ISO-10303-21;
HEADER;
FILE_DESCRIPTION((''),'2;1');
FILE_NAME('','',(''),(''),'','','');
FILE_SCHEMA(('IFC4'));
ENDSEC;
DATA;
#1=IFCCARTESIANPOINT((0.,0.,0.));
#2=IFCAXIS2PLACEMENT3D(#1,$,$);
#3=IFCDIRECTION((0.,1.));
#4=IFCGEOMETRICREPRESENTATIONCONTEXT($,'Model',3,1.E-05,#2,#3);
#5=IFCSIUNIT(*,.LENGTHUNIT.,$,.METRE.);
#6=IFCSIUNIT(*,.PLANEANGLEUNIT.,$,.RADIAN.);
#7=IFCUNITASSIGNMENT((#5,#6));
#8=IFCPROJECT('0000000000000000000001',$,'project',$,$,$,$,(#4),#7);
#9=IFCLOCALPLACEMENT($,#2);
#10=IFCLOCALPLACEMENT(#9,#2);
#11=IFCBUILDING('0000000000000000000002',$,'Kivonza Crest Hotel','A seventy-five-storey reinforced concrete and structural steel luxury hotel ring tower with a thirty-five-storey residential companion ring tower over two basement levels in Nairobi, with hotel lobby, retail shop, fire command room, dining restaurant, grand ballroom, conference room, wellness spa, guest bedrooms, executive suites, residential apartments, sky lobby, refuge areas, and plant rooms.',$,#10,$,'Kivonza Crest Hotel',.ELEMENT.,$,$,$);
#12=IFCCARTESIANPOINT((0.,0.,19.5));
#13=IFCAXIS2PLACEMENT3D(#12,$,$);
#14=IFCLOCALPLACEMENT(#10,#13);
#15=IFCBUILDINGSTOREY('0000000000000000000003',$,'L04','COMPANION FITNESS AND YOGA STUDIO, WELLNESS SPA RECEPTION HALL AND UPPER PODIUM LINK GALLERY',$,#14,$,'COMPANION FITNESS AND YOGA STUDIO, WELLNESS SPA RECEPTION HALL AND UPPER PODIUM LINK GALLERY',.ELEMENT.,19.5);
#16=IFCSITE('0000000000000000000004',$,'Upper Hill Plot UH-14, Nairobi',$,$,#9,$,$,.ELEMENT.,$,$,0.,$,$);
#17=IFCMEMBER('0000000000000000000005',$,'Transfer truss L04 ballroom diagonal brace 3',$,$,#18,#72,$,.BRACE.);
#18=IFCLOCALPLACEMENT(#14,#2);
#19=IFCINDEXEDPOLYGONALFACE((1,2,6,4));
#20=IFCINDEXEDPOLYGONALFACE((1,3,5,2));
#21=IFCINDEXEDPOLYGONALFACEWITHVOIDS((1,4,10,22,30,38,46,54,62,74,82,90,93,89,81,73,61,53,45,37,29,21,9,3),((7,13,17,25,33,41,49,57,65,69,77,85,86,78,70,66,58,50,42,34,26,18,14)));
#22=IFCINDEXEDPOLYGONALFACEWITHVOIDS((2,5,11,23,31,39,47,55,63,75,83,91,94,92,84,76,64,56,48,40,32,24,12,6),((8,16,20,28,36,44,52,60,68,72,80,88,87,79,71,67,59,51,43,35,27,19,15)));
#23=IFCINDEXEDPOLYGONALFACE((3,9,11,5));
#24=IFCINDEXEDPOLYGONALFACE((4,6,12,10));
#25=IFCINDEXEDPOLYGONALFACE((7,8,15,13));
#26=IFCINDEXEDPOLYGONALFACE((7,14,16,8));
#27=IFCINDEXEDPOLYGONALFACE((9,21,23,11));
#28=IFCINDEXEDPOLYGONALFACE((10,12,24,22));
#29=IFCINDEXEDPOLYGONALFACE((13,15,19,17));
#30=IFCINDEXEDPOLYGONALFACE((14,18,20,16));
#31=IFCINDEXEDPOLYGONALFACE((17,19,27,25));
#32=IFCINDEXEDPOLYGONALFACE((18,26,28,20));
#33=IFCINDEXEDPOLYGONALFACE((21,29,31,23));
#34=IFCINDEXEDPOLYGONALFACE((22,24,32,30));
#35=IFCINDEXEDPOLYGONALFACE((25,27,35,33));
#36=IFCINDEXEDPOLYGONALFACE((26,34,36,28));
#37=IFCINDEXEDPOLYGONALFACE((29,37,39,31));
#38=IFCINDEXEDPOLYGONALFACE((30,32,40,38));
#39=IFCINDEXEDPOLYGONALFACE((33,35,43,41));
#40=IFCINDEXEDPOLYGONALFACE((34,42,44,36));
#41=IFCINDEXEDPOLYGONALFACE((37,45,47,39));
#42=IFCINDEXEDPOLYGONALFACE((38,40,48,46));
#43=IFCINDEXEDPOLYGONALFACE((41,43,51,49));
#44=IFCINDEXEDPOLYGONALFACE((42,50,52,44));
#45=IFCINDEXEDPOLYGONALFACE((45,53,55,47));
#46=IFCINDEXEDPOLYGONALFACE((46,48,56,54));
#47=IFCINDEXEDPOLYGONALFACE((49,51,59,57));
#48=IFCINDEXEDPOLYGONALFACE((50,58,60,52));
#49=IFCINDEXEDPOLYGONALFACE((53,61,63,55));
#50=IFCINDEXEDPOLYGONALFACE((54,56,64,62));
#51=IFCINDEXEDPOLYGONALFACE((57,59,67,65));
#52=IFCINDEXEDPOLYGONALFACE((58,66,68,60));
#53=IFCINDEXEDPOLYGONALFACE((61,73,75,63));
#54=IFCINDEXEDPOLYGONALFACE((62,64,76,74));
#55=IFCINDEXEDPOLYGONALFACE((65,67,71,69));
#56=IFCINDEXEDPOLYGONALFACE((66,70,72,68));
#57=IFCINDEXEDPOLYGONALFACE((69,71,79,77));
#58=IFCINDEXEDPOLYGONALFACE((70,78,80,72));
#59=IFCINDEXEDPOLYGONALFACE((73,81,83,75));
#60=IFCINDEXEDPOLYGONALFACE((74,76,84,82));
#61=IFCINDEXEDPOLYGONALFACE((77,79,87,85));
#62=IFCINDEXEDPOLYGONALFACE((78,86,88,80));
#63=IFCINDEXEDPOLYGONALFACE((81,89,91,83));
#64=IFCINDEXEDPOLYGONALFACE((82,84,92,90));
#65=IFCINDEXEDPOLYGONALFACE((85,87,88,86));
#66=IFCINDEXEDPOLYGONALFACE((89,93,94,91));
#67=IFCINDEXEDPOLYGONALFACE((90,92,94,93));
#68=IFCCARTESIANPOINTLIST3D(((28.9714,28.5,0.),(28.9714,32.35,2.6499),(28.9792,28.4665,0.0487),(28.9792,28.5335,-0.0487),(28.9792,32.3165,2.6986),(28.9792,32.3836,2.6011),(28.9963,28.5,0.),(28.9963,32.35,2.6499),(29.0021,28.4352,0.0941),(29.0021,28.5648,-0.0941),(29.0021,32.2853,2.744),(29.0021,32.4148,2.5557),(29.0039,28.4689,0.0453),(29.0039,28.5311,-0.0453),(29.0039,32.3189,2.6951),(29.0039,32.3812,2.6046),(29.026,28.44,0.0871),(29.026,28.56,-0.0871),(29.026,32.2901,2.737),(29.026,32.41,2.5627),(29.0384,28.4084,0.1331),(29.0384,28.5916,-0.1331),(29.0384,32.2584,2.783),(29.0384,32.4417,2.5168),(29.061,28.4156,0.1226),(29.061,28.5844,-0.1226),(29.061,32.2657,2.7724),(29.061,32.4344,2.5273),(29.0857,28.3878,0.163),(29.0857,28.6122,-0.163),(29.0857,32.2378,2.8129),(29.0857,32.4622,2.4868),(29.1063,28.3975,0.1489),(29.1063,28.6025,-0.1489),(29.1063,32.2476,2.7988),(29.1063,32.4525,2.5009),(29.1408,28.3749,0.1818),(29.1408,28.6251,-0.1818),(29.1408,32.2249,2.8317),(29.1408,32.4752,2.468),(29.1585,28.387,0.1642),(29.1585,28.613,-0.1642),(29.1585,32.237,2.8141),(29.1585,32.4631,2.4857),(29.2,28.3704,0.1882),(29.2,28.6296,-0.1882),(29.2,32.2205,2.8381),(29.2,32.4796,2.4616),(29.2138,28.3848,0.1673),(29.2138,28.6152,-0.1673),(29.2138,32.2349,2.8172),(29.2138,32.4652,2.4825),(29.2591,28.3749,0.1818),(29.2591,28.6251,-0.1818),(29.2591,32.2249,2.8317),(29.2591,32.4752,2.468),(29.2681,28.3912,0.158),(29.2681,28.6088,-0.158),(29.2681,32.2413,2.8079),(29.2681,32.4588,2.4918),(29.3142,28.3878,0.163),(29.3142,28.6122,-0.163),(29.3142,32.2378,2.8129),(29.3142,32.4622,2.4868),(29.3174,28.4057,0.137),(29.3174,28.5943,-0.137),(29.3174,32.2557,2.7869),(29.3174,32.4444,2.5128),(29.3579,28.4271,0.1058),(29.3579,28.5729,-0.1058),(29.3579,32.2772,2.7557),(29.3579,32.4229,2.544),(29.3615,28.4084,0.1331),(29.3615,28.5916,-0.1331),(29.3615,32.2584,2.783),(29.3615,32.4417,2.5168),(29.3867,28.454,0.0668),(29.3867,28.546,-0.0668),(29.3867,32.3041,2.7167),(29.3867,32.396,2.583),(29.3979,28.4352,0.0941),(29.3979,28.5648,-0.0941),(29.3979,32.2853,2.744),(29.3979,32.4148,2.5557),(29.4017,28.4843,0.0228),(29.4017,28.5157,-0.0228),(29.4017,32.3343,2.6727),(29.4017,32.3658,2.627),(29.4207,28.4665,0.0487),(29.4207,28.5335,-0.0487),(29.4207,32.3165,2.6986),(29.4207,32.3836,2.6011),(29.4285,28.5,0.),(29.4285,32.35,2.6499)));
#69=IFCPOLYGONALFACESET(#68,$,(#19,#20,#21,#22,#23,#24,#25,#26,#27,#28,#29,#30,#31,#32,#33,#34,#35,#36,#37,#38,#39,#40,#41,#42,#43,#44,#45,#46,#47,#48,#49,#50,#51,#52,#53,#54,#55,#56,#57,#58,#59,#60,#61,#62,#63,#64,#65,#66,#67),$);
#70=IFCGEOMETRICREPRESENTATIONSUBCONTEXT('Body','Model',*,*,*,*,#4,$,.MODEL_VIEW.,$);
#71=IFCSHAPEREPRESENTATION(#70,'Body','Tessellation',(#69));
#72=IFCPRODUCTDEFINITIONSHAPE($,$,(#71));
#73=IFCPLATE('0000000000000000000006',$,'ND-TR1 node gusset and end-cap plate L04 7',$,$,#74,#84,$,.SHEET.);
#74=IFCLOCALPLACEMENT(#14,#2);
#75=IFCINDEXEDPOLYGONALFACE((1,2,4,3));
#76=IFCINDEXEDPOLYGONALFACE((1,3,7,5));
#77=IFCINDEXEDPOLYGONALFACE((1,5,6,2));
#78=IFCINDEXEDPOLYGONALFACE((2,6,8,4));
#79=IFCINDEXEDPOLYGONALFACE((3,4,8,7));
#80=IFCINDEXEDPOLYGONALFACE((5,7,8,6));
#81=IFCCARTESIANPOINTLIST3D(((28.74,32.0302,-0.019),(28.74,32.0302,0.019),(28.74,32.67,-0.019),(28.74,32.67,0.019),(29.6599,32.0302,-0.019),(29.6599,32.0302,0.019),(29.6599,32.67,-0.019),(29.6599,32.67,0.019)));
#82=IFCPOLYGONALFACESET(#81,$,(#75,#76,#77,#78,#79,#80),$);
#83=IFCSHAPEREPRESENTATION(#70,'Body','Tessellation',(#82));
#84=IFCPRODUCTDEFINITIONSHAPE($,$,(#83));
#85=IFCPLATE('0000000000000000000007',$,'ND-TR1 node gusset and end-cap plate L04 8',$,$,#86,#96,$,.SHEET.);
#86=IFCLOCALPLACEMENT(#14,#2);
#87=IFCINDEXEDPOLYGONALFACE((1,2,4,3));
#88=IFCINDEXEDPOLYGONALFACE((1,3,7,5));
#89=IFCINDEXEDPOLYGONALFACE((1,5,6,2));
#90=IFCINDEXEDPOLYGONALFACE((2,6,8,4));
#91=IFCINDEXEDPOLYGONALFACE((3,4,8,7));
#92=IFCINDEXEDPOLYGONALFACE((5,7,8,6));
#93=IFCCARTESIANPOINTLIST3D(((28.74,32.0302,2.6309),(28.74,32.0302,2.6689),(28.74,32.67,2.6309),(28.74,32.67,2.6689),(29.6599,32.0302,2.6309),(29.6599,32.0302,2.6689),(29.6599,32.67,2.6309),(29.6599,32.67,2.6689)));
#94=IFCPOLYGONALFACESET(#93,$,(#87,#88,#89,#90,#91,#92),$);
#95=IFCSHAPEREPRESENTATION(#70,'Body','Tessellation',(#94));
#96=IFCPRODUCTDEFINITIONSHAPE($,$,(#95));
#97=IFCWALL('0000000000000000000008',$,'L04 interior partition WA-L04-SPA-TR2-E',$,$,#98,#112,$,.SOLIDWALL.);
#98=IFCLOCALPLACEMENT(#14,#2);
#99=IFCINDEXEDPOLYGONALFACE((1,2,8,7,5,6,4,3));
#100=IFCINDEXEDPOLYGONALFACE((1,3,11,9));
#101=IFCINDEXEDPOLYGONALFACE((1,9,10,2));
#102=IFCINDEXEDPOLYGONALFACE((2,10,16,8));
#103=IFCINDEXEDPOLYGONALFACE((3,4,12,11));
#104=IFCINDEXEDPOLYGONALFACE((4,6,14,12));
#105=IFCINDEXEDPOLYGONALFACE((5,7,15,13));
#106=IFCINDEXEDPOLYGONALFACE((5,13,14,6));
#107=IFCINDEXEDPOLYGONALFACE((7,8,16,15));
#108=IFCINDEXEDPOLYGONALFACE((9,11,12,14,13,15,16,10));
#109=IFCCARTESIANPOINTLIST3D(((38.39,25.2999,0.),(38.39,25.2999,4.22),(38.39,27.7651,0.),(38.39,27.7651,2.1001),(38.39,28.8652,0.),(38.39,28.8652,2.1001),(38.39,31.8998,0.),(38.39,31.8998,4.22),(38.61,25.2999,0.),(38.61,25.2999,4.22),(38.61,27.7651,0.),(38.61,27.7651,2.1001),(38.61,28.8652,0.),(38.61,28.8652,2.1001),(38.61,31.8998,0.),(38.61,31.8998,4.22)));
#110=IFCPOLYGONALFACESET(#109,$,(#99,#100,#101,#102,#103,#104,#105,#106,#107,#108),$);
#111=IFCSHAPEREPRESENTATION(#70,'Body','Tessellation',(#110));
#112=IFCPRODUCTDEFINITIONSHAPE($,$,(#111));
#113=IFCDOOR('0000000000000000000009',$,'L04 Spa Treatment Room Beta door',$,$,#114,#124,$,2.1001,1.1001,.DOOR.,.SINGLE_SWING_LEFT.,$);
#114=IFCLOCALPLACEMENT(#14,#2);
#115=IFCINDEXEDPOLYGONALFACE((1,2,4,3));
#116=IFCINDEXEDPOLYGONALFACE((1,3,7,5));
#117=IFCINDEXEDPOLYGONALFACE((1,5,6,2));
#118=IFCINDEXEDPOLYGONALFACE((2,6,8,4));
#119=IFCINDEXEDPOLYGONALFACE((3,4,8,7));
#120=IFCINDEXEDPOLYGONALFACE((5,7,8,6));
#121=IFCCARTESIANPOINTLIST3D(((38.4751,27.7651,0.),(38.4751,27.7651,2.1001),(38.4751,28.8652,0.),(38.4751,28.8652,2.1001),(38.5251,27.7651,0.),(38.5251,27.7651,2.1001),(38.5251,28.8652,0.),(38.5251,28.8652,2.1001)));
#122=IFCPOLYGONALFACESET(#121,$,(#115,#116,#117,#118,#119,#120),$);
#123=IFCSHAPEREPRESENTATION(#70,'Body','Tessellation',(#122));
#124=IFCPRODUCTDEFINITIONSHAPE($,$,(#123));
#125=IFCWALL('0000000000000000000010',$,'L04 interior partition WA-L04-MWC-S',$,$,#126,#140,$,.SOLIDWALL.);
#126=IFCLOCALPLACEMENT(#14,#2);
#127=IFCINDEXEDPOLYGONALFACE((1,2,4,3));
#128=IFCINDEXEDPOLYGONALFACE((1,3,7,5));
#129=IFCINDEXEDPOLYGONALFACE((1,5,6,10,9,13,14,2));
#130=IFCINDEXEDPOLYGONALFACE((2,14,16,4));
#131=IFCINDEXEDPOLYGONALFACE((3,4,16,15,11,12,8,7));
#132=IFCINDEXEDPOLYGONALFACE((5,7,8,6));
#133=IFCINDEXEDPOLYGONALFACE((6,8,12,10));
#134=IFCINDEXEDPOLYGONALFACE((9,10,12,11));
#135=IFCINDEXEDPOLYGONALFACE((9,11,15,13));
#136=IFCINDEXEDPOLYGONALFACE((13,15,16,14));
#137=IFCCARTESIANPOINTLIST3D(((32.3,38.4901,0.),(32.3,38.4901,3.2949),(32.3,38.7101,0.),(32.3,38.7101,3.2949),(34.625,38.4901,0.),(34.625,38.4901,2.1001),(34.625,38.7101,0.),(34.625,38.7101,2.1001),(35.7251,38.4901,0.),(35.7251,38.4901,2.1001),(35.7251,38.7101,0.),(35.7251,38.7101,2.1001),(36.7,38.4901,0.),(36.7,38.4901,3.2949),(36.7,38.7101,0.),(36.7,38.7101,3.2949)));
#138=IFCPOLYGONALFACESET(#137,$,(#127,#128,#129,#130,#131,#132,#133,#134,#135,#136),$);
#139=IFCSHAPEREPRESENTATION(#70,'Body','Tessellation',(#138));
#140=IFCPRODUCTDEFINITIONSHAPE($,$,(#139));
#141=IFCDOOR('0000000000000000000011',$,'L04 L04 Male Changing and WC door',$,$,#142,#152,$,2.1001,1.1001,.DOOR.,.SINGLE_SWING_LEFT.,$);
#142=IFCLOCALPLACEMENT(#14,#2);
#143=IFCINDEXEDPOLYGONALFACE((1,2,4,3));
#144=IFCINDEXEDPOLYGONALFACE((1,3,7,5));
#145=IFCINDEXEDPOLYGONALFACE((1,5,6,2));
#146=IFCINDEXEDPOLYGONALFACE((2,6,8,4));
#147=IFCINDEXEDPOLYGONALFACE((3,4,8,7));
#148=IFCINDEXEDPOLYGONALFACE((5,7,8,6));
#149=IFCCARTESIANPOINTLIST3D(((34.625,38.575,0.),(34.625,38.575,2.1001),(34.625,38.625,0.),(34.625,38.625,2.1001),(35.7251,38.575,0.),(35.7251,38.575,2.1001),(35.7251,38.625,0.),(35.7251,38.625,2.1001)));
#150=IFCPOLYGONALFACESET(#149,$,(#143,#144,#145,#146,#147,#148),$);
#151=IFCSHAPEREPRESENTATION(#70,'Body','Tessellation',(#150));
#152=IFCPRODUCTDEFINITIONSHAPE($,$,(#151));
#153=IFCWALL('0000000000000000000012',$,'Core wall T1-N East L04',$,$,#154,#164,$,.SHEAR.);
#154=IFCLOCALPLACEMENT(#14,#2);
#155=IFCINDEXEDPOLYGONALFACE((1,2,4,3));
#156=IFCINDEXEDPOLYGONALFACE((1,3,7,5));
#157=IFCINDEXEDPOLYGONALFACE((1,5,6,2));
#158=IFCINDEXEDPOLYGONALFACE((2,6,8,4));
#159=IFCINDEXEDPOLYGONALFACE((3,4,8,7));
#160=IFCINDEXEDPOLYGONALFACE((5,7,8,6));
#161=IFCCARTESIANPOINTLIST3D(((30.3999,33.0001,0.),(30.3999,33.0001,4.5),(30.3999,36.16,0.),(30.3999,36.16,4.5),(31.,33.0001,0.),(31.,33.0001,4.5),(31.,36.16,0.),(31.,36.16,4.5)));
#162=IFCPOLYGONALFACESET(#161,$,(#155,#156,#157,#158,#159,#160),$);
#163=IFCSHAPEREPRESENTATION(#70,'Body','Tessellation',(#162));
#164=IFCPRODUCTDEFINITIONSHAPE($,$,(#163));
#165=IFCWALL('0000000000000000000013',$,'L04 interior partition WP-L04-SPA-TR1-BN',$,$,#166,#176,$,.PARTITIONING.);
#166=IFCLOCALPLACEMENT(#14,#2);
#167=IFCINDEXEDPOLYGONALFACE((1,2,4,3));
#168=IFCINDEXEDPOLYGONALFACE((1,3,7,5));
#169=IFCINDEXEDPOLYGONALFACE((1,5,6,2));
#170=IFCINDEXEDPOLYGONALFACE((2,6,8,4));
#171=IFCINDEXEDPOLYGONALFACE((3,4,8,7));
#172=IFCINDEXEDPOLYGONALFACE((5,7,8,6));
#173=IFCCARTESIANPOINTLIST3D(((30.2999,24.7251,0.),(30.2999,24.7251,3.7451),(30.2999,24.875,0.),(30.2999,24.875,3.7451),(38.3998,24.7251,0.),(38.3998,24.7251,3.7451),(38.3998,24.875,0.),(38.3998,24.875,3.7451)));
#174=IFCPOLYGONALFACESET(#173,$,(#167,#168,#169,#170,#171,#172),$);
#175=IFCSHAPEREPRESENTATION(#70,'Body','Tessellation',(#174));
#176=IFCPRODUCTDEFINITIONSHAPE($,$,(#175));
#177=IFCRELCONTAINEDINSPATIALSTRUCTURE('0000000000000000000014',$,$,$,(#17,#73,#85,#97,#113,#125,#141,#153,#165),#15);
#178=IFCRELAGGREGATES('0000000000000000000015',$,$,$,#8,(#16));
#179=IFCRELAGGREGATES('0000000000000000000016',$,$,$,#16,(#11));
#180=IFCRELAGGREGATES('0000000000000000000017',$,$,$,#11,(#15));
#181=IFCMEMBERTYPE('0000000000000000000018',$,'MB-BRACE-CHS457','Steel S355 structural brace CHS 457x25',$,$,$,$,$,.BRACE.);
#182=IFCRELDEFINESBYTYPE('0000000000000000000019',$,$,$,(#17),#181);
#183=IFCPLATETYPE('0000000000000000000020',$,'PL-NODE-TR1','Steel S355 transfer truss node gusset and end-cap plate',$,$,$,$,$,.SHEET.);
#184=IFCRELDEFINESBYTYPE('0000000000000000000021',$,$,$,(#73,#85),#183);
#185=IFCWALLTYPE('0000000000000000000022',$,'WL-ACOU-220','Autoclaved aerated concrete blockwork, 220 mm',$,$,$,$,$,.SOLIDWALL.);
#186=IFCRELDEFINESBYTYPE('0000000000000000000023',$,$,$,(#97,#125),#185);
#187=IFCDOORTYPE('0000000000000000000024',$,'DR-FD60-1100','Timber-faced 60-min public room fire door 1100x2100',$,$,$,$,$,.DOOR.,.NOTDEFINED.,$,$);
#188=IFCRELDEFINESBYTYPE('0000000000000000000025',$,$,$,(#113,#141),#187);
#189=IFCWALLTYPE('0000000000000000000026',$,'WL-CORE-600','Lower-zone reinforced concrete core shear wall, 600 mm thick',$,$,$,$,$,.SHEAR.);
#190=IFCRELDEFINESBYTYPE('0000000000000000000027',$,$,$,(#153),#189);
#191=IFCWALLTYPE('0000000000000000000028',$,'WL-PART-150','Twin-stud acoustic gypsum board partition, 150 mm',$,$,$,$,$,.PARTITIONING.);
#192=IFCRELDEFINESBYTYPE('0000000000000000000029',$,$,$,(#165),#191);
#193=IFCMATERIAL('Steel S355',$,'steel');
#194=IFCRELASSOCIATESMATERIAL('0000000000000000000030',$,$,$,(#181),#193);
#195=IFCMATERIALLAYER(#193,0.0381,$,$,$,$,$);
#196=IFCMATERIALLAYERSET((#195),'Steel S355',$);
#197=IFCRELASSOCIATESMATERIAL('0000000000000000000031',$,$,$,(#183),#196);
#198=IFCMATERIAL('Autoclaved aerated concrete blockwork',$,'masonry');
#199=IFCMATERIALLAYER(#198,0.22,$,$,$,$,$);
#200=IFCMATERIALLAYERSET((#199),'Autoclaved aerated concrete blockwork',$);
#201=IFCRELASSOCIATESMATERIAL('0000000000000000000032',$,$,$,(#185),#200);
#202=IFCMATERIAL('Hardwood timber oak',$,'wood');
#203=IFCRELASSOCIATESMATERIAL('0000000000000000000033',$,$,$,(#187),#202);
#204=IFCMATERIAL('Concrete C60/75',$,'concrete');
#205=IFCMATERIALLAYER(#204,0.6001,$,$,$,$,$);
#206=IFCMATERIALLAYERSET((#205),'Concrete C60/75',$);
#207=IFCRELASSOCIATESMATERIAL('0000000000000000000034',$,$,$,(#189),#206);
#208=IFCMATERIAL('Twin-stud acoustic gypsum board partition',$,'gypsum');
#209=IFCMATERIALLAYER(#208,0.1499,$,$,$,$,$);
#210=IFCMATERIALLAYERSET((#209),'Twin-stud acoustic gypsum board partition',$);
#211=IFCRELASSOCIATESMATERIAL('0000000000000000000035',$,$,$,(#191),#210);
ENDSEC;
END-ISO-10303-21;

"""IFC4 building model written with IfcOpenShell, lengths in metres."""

from ifc_helpers import new_model, si_unit, direction, frame, frame_2d, origin, origin_2d, place, context, subcontext, project, spatial, rectangle, hollow_circle, extrude, material, layer, layer_set, material_profile, profile_set, type_object, element, fill, save


model = new_model("IFC4")

# Units and contexts
model_context = context("Model", 3, precision=1e-05, world=origin(), true_north=direction((0.0, 1.0)))
body_context = subcontext(model_context, "Body", "Model", "MODEL_VIEW")
ifc_project = project(units=[si_unit("LENGTHUNIT", "METRE"), si_unit("PLANEANGLEUNIT", "RADIAN")], contexts=[model_context])

# Site, building, storey
site_placement = place(None, origin())
site = spatial("IfcSite", under=ifc_project, at=site_placement, Name="Upper Hill Plot UH-14, Nairobi", CompositionType="ELEMENT", RefElevation=0.0)
building_placement = place(site_placement, origin())
building = spatial("IfcBuilding", under=site, at=building_placement, Name="Kivonza Crest Hotel", Description="A seventy-five-storey reinforced concrete and structural steel luxury hotel ring tower with a thirty-five-storey residential companion ring tower over two basement levels in Nairobi, with hotel lobby, retail shop, fire command room, dining restaurant, grand ballroom, conference room, wellness spa, guest bedrooms, executive suites, residential apartments, sky lobby, refuge areas, and plant rooms.", LongName="Kivonza Crest Hotel", CompositionType="ELEMENT")
storey_placement = place(building_placement, frame((0.0, 0.0, 19.5)))
storey = spatial("IfcBuildingStorey", under=building, at=storey_placement, Name="L04", Description="COMPANION FITNESS AND YOGA STUDIO, WELLNESS SPA RECEPTION HALL AND UPPER PODIUM LINK GALLERY", LongName="COMPANION FITNESS AND YOGA STUDIO, WELLNESS SPA RECEPTION HALL AND UPPER PODIUM LINK GALLERY", CompositionType="ELEMENT", Elevation=19.5)

# Shared definitions
ifc_material_1 = material(Name="Concrete C60/75", Category="concrete")
ifc_material_2 = material(Name="Steel S355", Category="steel")

# Member
ifc_material_profile_1 = material_profile(ifc_material_2, hollow_circle(Radius=0.2285, WallThickness=0.0249, at=origin_2d()), Name="CHS 457x25")
ifc_profile_set_1 = profile_set([ifc_material_profile_1], Name="Steel S355")
member_type = type_object("IfcMemberType", Name="MB-BRACE-CHS457", Description="Steel S355 structural brace CHS 457x25", PredefinedType="BRACE", material=ifc_profile_set_1)
member_placement = place(storey_placement, frame((29.2, 28.5, 0.0), z_axis=(0.0, 0.823746, 0.566959), x_axis=(-1.0, 0.0, 0.0)))
element("IfcMember", 1, at=member_placement, inside=storey, type_object=member_type, Name="Transfer truss L04 ballroom diagonal brace 3", PredefinedType="BRACE", context=body_context, shape_type="SweptSolid", body=[
    extrude(hollow_circle(Radius=0.2285, WallThickness=0.0249, at=origin_2d()), origin(), (0.0, 0.0, 1.0), 4.6738),
])

# Plates
ifc_layer_1 = layer(ifc_material_2, 0.0381)
ifc_layer_set_1 = layer_set([ifc_layer_1], Name="Steel S355")
plate_type = type_object("IfcPlateType", Name="PL-NODE-TR1", Description="Steel S355 transfer truss node gusset and end-cap plate", PredefinedType="SHEET", material=ifc_layer_set_1)
for number, where, z_axis, x_axis, name in (
    (2, (29.2, 32.3501, -0.019), (0.0, 0.0, 1.0), (1.0, 0.0, 0.0), "ND-TR1 node gusset and end-cap plate L04 7"),
    (3, (29.2, 32.3501, 2.6309), (0.0, 0.0, 1.0), (1.0, 0.0, 0.0), "ND-TR1 node gusset and end-cap plate L04 8"),
):
    element("IfcPlate", number, at=place(storey_placement, frame(where, z_axis=z_axis, x_axis=x_axis)), inside=storey, type_object=plate_type, Name=name, PredefinedType="SHEET", context=body_context, shape_type="SweptSolid", body=[
        extrude(rectangle(XDim=0.9199, YDim=0.6399, at=origin_2d()), origin(), (0.0, 0.0, 1.0), 0.0381),
    ])

# Walls, openings, doors
ifc_material_3 = material(Name="Autoclaved aerated concrete blockwork", Category="masonry")
ifc_layer_2 = layer(ifc_material_3, 0.22)
ifc_layer_set_2 = layer_set([ifc_layer_2], Name="Autoclaved aerated concrete blockwork")
wall_type_1 = type_object("IfcWallType", Name="WL-ACOU-220", Description="Autoclaved aerated concrete blockwork, 220 mm", PredefinedType="SOLIDWALL", material=ifc_layer_set_2)
wall_1_placement = place(storey_placement, frame((38.5, 25.3, 0.0), z_axis=(0.0, 0.0, 1.0), x_axis=(0.0, 1.0, 0.0)))
wall_1 = element("IfcWall", 4, at=wall_1_placement, inside=storey, type_object=wall_type_1, Name="L04 interior partition WA-L04-SPA-TR2-E", PredefinedType="SOLIDWALL", context=body_context, shape_type="SweptSolid", body=[
    extrude(rectangle(XDim=6.5999, YDim=0.22, at=frame_2d((3.2998, 0.0))), origin(), (0.0, 0.0, 1.0), 4.22),
])
opening_1_placement = place(wall_1_placement, frame((2.4651, 0.0, 0.0)))
opening_1 = element("IfcOpeningElement", 5, at=opening_1_placement, cuts=wall_1, PredefinedType="OPENING", context=body_context, shape_type="SweptSolid", body=[
    extrude(rectangle(XDim=1.1001, YDim=2.1001, at=frame_2d((0.55, 1.05))), frame((0.0, 0.1201, 0.0), z_axis=(0.0, -1.0, 0.0), x_axis=(1.0, 0.0, 0.0)), (0.0, 0.0, 1.0), 0.24),
])
ifc_material_4 = material(Name="Hardwood timber oak", Category="wood")
door_type = type_object("IfcDoorType", Name="DR-FD60-1100", Description="Timber-faced 60-min public room fire door 1100x2100", OperationType="NOTDEFINED", PredefinedType="DOOR", material=ifc_material_4)
door_1_placement = place(opening_1_placement, origin())
door_1 = element("IfcDoor", 6, at=door_1_placement, inside=storey, type_object=door_type, Name="L04 Spa Treatment Room Beta door", OperationType="SINGLE_SWING_LEFT", OverallHeight=2.1001, OverallWidth=1.1001, PredefinedType="DOOR", context=body_context, shape_type="SweptSolid", body=[
    extrude(rectangle(XDim=1.1001, YDim=2.1001, at=frame_2d((0.55, 1.05))), frame((0.0, 0.0249, 0.0), z_axis=(0.0, -1.0, 0.0), x_axis=(1.0, 0.0, 0.0)), (0.0, 0.0, 1.0), 0.05),
])
fill(opening_1, door_1)
wall_2_placement = place(storey_placement, frame((32.3, 38.6001, 0.0), z_axis=(0.0, 0.0, 1.0), x_axis=(1.0, 0.0, 0.0)))
wall_2 = element("IfcWall", 7, at=wall_2_placement, inside=storey, type_object=wall_type_1, Name="L04 interior partition WA-L04-MWC-S", PredefinedType="SOLIDWALL", context=body_context, shape_type="SweptSolid", body=[
    extrude(rectangle(XDim=4.3999, YDim=0.22, at=frame_2d((2.2, 0.0))), origin(), (0.0, 0.0, 1.0), 3.2949),
])
opening_2_placement = place(wall_2_placement, frame((2.325, 0.0, 0.0)))
opening_2 = element("IfcOpeningElement", 8, at=opening_2_placement, cuts=wall_2, PredefinedType="OPENING", context=body_context, shape_type="SweptSolid", body=[
    extrude(rectangle(XDim=1.1001, YDim=2.1001, at=frame_2d((0.55, 1.05))), frame((0.0, 0.1201, 0.0), z_axis=(0.0, -1.0, 0.0), x_axis=(1.0, 0.0, 0.0)), (0.0, 0.0, 1.0), 0.24),
])
door_2_placement = place(opening_2_placement, origin())
door_2 = element("IfcDoor", 9, at=door_2_placement, inside=storey, type_object=door_type, Name="L04 L04 Male Changing and WC door", OperationType="SINGLE_SWING_LEFT", OverallHeight=2.1001, OverallWidth=1.1001, PredefinedType="DOOR", context=body_context, shape_type="SweptSolid", body=[
    extrude(rectangle(XDim=1.1001, YDim=2.1001, at=frame_2d((0.55, 1.05))), frame((0.0, 0.0249, 0.0), z_axis=(0.0, -1.0, 0.0), x_axis=(1.0, 0.0, 0.0)), (0.0, 0.0, 1.0), 0.05),
])
fill(opening_2, door_2)

# Walls
ifc_layer_3 = layer(ifc_material_1, 0.6001)
ifc_layer_set_3 = layer_set([ifc_layer_3], Name="Concrete C60/75")
wall_type_2 = type_object("IfcWallType", Name="WL-CORE-600", Description="Lower-zone reinforced concrete core shear wall, 600 mm thick", PredefinedType="SHEAR", material=ifc_layer_set_3)
wall_3_placement = place(storey_placement, frame((30.7, 33.0, 0.0), z_axis=(0.0, 0.0, 1.0), x_axis=(0.0, 1.0, 0.0)))
element("IfcWall", 10, at=wall_3_placement, inside=storey, type_object=wall_type_2, Name="Core wall T1-N East L04", PredefinedType="SHEAR", context=body_context, shape_type="SweptSolid", body=[
    extrude(rectangle(XDim=3.1599, YDim=0.6001, at=frame_2d((1.5801, 0.0))), origin(), (0.0, 0.0, 1.0), 4.5),
])
ifc_material_5 = material(Name="Twin-stud acoustic gypsum board partition", Category="gypsum")
ifc_layer_4 = layer(ifc_material_5, 0.1499)
ifc_layer_set_4 = layer_set([ifc_layer_4], Name="Twin-stud acoustic gypsum board partition")
wall_type_3 = type_object("IfcWallType", Name="WL-PART-150", Description="Twin-stud acoustic gypsum board partition, 150 mm", PredefinedType="PARTITIONING", material=ifc_layer_set_4)
wall_4_placement = place(storey_placement, frame((30.3, 24.8, 0.0), z_axis=(0.0, 0.0, 1.0), x_axis=(1.0, 0.0, 0.0)))
element("IfcWall", 11, at=wall_4_placement, inside=storey, type_object=wall_type_3, Name="L04 interior partition WP-L04-SPA-TR1-BN", PredefinedType="PARTITIONING", context=body_context, shape_type="SweptSolid", body=[
    extrude(rectangle(XDim=8.0999, YDim=0.1499, at=frame_2d((4.0498, 0.0))), origin(), (0.0, 0.0, 1.0), 3.7451),
])

save(model, "model.ifc")
